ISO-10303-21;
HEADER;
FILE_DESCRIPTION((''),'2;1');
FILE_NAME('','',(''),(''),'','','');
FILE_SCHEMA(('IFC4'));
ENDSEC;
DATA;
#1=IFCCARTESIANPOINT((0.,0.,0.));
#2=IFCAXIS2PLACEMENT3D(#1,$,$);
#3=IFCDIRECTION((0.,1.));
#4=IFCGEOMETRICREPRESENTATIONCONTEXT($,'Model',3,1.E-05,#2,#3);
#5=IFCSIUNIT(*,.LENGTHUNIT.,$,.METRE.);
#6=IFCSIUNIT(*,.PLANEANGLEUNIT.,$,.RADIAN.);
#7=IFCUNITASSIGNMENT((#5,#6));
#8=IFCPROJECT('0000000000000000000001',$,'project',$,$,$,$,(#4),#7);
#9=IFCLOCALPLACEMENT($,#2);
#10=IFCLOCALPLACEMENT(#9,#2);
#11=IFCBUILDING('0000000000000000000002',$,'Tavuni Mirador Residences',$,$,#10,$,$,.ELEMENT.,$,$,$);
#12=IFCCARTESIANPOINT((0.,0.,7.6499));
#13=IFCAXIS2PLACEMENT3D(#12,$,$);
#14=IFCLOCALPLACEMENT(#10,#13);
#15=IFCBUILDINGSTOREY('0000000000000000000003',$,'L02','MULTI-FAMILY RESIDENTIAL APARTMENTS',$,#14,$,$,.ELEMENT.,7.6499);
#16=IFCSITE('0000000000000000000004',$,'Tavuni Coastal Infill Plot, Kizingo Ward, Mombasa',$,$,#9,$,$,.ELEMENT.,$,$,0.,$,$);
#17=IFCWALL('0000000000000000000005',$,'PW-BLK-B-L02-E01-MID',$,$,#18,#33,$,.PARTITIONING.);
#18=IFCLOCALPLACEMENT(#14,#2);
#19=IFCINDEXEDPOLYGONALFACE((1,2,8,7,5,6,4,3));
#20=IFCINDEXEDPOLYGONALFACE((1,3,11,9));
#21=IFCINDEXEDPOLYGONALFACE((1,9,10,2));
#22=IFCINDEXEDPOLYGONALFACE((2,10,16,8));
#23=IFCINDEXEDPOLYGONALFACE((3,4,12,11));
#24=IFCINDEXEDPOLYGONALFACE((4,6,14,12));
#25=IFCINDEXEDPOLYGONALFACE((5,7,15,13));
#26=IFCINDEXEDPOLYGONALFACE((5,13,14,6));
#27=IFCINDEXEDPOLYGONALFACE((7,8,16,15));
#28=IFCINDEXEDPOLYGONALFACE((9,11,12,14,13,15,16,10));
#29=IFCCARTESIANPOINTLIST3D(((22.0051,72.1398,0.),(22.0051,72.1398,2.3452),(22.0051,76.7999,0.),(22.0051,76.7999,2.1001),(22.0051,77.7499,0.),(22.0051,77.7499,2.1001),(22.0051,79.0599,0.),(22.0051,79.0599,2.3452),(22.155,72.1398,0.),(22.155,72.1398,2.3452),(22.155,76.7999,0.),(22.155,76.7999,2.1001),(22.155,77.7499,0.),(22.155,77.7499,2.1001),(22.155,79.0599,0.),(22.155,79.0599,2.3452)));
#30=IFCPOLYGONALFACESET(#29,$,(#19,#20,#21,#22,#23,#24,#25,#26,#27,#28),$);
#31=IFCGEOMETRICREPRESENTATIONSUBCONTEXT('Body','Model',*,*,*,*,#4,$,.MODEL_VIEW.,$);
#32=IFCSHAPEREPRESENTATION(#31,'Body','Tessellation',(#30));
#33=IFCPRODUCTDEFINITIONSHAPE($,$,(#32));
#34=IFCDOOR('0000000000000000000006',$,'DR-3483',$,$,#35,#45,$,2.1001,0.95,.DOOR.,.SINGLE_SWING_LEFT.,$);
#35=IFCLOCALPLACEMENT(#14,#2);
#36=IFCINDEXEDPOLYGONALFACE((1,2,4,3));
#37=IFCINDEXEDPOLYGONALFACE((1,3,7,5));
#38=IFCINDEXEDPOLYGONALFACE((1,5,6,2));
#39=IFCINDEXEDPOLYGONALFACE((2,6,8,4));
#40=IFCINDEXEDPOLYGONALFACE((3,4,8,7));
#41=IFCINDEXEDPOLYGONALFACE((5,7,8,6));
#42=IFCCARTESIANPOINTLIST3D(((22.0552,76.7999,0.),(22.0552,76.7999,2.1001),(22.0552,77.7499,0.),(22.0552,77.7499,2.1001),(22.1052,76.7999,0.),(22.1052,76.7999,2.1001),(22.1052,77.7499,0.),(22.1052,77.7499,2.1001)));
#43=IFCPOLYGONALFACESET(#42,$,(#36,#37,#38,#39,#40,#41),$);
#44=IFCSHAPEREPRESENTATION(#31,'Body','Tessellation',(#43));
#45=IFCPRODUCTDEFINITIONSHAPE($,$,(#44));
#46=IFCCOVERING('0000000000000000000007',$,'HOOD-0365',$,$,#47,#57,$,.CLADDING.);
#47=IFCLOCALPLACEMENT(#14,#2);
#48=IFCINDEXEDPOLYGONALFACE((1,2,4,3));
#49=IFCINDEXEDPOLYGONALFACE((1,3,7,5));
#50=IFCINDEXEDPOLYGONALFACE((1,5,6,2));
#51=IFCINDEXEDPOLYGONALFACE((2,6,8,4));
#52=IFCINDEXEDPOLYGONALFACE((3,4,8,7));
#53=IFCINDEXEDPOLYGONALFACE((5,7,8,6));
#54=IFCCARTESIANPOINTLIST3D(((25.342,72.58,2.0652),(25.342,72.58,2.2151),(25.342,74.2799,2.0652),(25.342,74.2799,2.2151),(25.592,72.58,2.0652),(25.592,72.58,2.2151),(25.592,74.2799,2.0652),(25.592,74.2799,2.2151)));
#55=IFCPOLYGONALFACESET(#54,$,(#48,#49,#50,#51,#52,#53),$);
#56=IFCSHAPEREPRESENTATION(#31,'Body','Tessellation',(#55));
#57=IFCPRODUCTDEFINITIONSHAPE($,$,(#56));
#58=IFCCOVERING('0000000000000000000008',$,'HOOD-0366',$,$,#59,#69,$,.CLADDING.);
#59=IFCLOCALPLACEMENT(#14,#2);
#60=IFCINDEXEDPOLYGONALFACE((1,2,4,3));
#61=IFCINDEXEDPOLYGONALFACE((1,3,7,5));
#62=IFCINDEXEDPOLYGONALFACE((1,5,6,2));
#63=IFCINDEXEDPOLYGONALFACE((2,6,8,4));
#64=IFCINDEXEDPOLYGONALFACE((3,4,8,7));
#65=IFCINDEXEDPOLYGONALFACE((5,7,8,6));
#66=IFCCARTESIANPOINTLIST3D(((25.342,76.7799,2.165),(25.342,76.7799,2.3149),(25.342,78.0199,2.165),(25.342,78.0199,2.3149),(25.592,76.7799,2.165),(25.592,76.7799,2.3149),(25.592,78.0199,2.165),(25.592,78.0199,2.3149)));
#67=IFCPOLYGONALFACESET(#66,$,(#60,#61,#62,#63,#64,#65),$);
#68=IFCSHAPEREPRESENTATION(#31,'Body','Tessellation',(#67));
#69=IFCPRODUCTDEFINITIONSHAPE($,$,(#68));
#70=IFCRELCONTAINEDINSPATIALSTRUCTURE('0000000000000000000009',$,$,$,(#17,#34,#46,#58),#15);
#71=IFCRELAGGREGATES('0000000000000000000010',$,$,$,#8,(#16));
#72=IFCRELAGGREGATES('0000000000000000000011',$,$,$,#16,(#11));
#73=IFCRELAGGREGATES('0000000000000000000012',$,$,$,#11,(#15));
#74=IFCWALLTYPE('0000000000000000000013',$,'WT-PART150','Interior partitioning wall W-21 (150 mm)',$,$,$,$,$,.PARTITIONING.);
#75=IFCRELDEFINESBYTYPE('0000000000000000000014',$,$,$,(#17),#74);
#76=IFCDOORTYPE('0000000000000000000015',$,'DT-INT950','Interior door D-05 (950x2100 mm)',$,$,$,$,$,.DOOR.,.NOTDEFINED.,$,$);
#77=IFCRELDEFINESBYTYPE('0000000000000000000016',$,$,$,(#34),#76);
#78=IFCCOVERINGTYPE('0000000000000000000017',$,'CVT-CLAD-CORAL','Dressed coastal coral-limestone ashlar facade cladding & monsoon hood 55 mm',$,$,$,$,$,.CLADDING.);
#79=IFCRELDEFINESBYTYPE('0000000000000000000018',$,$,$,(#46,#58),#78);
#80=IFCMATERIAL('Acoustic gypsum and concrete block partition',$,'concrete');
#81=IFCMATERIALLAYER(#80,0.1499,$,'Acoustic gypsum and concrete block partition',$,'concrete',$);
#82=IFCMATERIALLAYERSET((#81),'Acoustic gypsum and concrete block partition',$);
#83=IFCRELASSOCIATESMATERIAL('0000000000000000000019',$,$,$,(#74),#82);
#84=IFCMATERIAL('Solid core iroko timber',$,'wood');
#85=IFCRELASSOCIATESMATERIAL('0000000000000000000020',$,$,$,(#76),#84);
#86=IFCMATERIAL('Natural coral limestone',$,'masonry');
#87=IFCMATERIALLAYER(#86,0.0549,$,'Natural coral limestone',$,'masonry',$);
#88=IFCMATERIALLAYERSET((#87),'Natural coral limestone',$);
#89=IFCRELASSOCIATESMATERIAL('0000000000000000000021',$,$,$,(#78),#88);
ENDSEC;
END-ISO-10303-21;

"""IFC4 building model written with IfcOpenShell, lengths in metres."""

from ifc_helpers import new_model, si_unit, direction, frame, frame_2d, origin, origin_2d, place, context, subcontext, project, spatial, rectangle, extrude, material, layer, layer_set, type_object, element, fill, save


model = new_model("IFC4")

# Units and contexts
model_context = context("Model", 3, precision=1e-05, world=origin(), true_north=direction((0.0, 1.0)))
body_context = subcontext(model_context, "Body", "Model", "MODEL_VIEW")
ifc_project = project(units=[si_unit("LENGTHUNIT", "METRE"), si_unit("PLANEANGLEUNIT", "RADIAN")], contexts=[model_context])

# Site, building, storey
site_placement = place(None, origin())
site = spatial("IfcSite", under=ifc_project, at=site_placement, Name="Tavuni Coastal Infill Plot, Kizingo Ward, Mombasa", CompositionType="ELEMENT", RefElevation=0.0)
building_placement = place(site_placement, origin())
building = spatial("IfcBuilding", under=site, at=building_placement, Name="Tavuni Mirador Residences", CompositionType="ELEMENT")
storey_placement = place(building_placement, frame((0.0, 0.0, 7.6499)))
storey = spatial("IfcBuildingStorey", under=building, at=storey_placement, Name="L02", Description="MULTI-FAMILY RESIDENTIAL APARTMENTS", CompositionType="ELEMENT", Elevation=7.6499)

# Wall, opening, door
ifc_material_1 = material(Name="Acoustic gypsum and concrete block partition", Category="concrete")
ifc_material_2 = material(Name="Solid core iroko timber", Category="wood")
ifc_layer_1 = layer(ifc_material_1, 0.1499, Name="Acoustic gypsum and concrete block partition", Category="concrete")
ifc_layer_set_1 = layer_set([ifc_layer_1], Name="Acoustic gypsum and concrete block partition")
wall_type_1 = type_object("IfcWallType", Name="WT-PART150", Description="Interior partitioning wall W-21 (150 mm)", PredefinedType="PARTITIONING", material=ifc_layer_set_1)
wall_1_placement = place(storey_placement, frame((22.0801, 72.1399, 0.0), z_axis=(0.0, 0.0, 1.0), x_axis=(0.0, 1.0, 0.0)))
wall_1 = element("IfcWall", 1, at=wall_1_placement, inside=storey, type_object=wall_type_1, Name="PW-BLK-B-L02-E01-MID", PredefinedType="PARTITIONING", context=body_context, shape_type="SweptSolid", body=[
    extrude(rectangle(XDim=6.9202, YDim=0.1499, at=frame_2d((3.46, 0.0))), origin(), (0.0, 0.0, 1.0), 2.3452),
])
opening_1_placement = place(wall_1_placement, frame((4.6599, 0.0, 0.0)))
opening_1 = element("IfcOpeningElement", 2, at=opening_1_placement, cuts=wall_1, PredefinedType="OPENING", context=body_context, shape_type="SweptSolid", body=[
    extrude(rectangle(XDim=0.95, YDim=2.1001, at=frame_2d((0.4751, 1.05))), frame((0.0, 0.085, 0.0), z_axis=(0.0, -1.0, 0.0), x_axis=(1.0, 0.0, 0.0)), (0.0, 0.0, 1.0), 0.1699),
])
door_type_1 = type_object("IfcDoorType", Name="DT-INT950", Description="Interior door D-05 (950x2100 mm)", OperationType="NOTDEFINED", PredefinedType="DOOR", material=ifc_material_2)
door_1_placement = place(opening_1_placement, origin())
door_1 = element("IfcDoor", 3, at=door_1_placement, inside=storey, type_object=door_type_1, Name="DR-3483", OperationType="SINGLE_SWING_LEFT", OverallHeight=2.1001, OverallWidth=0.95, PredefinedType="DOOR", context=body_context, shape_type="SweptSolid", body=[
    extrude(rectangle(XDim=0.95, YDim=2.1001, at=frame_2d((0.4751, 1.05))), frame((0.0, 0.0249, 0.0), z_axis=(0.0, -1.0, 0.0), x_axis=(1.0, 0.0, 0.0)), (0.0, 0.0, 1.0), 0.05),
])
fill(opening_1, door_1)

# Coverings
ifc_material_3 = material(Name="Natural coral limestone", Category="masonry")
ifc_layer_2 = layer(ifc_material_3, 0.0549, Name="Natural coral limestone", Category="masonry")
ifc_layer_set_2 = layer_set([ifc_layer_2], Name="Natural coral limestone")
covering_type = type_object("IfcCoveringType", Name="CVT-CLAD-CORAL", Description="Dressed coastal coral-limestone ashlar facade cladding & monsoon hood 55 mm", PredefinedType="CLADDING", material=ifc_layer_set_2)
covering_1_placement = place(storey_placement, frame((25.467, 73.4299, 2.0652), z_axis=(0.0, 0.0, 1.0), x_axis=(0.0, 1.0, 0.0)))
element("IfcCovering", 4, at=covering_1_placement, inside=storey, type_object=covering_type, Name="HOOD-0365", PredefinedType="CLADDING", context=body_context, shape_type="SweptSolid", body=[
    extrude(rectangle(XDim=1.7, YDim=0.25, at=origin_2d()), origin(), (0.0, 0.0, 1.0), 0.1499),
])
covering_2_placement = place(storey_placement, frame((25.467, 77.3999, 2.165), z_axis=(0.0, 0.0, 1.0), x_axis=(0.0, 1.0, 0.0)))
element("IfcCovering", 5, at=covering_2_placement, inside=storey, type_object=covering_type, Name="HOOD-0366", PredefinedType="CLADDING", context=body_context, shape_type="SweptSolid", body=[
    extrude(rectangle(XDim=1.24, YDim=0.25, at=origin_2d()), origin(), (0.0, 0.0, 1.0), 0.1499),
])

save(model, "model.ifc")
